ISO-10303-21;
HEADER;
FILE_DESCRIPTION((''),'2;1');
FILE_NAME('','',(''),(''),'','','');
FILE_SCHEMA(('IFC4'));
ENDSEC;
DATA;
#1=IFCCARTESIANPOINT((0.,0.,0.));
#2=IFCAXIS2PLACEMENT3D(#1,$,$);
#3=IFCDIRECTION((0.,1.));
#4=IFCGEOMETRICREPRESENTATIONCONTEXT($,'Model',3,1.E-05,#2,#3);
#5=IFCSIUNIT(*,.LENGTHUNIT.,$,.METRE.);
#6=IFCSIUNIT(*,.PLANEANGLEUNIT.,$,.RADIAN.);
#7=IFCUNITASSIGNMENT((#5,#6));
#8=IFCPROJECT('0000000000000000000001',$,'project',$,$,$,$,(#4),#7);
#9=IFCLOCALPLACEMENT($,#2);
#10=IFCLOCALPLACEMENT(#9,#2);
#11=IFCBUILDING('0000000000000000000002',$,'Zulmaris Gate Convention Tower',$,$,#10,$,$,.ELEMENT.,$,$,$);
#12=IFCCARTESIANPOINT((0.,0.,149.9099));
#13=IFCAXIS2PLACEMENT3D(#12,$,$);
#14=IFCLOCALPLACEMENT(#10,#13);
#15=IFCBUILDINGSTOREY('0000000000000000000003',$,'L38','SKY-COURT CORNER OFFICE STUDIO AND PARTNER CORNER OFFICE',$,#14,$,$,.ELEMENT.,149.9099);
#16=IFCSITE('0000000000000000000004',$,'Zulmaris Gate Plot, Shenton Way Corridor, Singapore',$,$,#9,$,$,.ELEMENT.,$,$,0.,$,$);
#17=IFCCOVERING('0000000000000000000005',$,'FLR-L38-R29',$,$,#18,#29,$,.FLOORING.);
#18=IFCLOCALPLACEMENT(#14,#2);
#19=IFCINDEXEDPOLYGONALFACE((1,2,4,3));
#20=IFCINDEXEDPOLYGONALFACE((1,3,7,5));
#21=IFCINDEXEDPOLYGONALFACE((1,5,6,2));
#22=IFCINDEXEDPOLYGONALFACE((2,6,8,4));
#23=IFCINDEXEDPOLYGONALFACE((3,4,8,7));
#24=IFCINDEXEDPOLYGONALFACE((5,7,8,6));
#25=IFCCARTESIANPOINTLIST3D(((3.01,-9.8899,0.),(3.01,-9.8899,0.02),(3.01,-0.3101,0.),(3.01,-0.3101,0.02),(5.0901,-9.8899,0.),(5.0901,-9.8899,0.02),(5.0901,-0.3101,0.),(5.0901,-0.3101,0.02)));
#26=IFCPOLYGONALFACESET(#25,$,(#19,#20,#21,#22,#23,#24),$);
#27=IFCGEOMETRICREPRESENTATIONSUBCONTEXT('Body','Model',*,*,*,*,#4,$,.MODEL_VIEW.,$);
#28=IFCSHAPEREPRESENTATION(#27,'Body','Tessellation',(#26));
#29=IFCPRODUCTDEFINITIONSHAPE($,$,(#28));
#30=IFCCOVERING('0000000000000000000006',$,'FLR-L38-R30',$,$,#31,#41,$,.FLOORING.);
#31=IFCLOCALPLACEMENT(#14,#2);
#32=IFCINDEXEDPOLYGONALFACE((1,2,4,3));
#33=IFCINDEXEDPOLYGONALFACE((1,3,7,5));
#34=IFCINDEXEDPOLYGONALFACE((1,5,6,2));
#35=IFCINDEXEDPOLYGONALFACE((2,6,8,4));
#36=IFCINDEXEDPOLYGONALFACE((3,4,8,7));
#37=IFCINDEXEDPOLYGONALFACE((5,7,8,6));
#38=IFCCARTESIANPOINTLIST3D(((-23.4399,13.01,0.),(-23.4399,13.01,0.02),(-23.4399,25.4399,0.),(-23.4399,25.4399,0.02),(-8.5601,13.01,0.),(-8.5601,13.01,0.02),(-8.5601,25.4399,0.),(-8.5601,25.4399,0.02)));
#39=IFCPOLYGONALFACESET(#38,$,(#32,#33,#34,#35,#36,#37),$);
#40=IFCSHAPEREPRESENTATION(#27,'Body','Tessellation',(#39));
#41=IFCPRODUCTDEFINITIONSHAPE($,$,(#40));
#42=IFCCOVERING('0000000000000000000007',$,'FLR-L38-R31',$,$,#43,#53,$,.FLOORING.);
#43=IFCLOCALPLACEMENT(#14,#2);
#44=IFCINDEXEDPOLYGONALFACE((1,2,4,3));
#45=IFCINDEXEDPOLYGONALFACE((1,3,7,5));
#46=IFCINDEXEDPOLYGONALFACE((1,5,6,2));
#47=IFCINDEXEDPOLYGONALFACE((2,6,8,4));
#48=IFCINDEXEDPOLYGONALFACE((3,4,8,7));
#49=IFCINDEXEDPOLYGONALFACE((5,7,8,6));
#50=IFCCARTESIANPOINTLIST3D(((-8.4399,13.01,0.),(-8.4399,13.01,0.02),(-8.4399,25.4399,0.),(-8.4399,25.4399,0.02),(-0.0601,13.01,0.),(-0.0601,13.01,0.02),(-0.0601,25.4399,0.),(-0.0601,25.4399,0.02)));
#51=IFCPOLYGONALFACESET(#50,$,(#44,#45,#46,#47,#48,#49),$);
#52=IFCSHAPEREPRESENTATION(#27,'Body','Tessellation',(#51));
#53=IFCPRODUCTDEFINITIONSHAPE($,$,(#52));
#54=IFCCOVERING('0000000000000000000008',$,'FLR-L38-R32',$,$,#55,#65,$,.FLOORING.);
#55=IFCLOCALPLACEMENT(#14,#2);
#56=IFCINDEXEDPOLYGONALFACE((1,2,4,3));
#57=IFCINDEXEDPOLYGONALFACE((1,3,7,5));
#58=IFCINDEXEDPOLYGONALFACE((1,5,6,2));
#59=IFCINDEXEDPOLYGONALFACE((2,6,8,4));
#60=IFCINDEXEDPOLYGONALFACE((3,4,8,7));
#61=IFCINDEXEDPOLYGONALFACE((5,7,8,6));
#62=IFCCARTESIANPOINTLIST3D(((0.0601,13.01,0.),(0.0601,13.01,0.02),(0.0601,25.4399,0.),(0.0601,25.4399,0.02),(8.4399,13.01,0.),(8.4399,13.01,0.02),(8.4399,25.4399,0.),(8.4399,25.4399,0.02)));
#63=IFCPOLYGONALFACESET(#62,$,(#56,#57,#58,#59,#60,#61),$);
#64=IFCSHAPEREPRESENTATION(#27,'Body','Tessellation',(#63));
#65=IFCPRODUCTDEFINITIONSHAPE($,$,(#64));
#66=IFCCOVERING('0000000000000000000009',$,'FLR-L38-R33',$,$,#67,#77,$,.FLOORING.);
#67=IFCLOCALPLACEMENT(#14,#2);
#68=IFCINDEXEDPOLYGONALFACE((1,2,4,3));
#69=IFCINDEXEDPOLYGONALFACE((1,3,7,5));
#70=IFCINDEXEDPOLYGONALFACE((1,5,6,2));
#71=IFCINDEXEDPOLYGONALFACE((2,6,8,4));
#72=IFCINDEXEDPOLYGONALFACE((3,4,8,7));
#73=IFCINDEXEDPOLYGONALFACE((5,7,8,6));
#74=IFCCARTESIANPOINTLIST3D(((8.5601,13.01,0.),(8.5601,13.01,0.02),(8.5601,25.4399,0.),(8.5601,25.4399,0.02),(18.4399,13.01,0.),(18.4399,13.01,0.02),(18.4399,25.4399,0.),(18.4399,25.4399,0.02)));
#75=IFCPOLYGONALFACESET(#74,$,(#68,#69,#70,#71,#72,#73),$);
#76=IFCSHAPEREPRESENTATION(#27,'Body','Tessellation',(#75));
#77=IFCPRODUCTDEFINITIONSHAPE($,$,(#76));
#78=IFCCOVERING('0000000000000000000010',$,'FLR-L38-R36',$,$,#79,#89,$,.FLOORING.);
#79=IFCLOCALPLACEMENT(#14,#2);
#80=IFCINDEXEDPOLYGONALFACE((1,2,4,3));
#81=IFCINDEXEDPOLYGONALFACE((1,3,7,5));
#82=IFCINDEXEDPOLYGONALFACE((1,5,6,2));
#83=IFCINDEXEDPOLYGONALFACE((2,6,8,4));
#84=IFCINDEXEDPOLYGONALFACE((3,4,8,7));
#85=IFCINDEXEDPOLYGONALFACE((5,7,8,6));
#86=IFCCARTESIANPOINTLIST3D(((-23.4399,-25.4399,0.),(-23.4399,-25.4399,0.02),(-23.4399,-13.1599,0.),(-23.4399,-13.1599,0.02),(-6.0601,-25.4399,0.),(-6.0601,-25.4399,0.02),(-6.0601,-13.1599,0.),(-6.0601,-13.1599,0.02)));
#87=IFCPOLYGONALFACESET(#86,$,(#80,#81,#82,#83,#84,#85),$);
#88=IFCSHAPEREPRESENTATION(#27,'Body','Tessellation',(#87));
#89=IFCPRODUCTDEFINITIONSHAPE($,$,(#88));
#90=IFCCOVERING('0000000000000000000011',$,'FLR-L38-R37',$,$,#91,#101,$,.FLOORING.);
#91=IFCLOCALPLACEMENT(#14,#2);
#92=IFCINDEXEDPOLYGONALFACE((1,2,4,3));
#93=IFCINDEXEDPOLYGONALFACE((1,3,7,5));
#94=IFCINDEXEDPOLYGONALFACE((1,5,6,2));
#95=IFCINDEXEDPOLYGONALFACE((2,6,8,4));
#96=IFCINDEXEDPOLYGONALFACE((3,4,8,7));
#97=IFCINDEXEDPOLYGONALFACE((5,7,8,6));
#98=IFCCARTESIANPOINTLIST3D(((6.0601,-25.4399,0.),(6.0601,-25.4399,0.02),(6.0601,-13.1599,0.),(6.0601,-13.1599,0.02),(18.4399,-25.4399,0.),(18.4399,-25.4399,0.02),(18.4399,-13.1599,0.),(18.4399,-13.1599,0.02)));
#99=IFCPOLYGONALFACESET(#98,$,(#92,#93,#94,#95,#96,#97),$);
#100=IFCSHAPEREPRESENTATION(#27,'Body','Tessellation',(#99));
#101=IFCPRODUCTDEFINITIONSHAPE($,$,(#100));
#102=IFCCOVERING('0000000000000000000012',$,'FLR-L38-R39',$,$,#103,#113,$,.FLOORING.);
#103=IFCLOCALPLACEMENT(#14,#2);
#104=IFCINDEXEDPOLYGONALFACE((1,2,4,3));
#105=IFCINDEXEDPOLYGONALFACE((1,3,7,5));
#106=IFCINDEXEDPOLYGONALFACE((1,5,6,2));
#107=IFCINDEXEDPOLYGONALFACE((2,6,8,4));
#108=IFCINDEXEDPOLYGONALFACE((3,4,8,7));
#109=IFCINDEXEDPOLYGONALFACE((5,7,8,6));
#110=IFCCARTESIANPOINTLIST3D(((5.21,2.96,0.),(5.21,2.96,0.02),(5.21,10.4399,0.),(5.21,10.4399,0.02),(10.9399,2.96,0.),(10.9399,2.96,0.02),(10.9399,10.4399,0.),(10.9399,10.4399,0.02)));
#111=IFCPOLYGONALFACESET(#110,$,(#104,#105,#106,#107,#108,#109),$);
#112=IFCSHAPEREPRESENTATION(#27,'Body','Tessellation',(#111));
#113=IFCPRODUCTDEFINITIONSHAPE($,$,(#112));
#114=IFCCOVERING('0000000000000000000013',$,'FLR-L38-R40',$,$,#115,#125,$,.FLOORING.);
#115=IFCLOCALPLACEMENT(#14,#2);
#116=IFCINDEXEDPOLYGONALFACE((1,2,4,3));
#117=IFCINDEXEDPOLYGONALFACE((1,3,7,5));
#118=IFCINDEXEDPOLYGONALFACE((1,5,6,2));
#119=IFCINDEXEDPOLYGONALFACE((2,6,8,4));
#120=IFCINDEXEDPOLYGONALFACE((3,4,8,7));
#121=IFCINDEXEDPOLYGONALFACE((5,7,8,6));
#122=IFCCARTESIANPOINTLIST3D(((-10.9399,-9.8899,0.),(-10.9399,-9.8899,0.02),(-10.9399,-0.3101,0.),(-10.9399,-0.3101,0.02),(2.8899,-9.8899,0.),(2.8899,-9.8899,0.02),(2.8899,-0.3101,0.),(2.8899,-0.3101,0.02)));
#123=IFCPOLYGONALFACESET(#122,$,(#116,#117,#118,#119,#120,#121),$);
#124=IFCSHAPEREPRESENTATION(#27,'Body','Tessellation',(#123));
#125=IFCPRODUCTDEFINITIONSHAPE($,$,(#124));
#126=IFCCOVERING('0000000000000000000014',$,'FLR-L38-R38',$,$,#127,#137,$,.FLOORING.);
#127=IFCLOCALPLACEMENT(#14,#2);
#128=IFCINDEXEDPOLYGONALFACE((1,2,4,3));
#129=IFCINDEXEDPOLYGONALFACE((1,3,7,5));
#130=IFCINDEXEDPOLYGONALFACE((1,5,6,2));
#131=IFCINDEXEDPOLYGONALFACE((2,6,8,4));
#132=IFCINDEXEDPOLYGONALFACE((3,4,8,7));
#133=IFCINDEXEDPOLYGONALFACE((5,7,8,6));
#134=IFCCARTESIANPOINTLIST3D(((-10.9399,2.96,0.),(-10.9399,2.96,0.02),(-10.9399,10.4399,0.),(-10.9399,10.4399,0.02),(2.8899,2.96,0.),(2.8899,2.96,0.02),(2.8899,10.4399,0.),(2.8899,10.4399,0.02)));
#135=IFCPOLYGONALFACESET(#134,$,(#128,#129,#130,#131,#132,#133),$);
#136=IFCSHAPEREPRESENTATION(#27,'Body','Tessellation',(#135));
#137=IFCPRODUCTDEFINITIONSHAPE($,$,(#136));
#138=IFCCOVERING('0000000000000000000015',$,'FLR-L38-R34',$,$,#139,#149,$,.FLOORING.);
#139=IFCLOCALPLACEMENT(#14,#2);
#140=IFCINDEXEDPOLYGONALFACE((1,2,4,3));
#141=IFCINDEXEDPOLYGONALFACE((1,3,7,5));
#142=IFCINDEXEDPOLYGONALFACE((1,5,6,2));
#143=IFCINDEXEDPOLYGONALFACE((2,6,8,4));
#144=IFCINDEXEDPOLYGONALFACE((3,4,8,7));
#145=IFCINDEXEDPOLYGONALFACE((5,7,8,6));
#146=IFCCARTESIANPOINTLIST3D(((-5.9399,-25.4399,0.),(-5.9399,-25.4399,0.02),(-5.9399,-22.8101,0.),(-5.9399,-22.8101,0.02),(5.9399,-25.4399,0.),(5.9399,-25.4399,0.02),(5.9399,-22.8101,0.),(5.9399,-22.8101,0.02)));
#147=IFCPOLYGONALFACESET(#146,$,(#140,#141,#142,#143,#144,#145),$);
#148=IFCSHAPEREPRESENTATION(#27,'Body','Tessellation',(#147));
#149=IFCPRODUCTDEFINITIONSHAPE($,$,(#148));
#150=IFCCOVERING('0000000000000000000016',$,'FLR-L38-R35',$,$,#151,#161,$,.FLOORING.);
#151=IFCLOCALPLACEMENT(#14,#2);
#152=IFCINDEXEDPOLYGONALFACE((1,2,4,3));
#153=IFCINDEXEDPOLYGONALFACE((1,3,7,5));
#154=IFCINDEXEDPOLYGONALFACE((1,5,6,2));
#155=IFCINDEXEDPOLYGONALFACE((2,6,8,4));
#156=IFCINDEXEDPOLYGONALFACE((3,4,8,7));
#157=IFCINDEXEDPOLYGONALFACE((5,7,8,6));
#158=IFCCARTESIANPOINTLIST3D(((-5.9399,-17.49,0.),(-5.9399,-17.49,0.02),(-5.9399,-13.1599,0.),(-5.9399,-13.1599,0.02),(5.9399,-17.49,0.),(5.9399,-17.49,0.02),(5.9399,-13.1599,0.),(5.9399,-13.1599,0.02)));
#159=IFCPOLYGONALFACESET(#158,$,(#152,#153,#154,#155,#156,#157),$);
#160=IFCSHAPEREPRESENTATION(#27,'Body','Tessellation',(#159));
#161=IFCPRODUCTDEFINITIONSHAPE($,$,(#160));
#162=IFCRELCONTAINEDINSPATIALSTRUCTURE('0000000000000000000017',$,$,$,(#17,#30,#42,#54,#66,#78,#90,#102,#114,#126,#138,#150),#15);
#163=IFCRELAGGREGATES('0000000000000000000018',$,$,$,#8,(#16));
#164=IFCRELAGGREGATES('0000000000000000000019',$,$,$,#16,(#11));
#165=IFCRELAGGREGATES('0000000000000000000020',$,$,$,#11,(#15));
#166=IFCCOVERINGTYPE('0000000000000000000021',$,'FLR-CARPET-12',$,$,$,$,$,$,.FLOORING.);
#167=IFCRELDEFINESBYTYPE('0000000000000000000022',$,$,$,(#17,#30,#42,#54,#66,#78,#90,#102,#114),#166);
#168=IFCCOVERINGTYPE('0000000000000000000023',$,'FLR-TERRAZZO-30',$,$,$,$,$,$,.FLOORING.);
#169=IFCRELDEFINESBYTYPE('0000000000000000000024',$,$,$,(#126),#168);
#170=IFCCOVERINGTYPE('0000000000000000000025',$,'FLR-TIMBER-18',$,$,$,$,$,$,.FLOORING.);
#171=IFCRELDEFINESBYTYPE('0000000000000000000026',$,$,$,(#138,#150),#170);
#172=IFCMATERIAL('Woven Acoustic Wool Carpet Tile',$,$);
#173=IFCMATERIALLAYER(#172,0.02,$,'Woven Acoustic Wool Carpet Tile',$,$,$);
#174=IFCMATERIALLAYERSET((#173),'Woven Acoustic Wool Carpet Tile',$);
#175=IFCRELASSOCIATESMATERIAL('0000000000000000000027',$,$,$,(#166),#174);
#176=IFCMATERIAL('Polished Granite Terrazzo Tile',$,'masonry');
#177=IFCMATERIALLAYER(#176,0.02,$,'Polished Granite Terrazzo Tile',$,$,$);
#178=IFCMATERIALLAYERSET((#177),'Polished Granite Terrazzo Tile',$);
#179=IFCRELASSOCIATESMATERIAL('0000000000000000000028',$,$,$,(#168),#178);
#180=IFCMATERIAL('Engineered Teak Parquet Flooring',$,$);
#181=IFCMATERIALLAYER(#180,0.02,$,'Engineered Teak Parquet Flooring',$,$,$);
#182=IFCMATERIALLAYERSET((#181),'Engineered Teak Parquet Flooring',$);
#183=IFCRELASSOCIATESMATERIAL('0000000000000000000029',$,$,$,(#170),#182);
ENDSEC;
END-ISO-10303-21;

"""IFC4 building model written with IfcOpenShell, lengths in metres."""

from ifc_helpers import new_model, si_unit, direction, frame, origin, place, context, subcontext, project, spatial, polyline, outline, extrude, material, layer, layer_set, type_object, element, save


model = new_model("IFC4")

# Units and contexts
model_context = context("Model", 3, precision=1e-05, world=origin(), true_north=direction((0.0, 1.0)))
body_context = subcontext(model_context, "Body", "Model", "MODEL_VIEW")
ifc_project = project(units=[si_unit("LENGTHUNIT", "METRE"), si_unit("PLANEANGLEUNIT", "RADIAN")], contexts=[model_context])

# Site, building, storey
site_placement = place(None, origin())
site = spatial("IfcSite", under=ifc_project, at=site_placement, Name="Zulmaris Gate Plot, Shenton Way Corridor, Singapore", CompositionType="ELEMENT", RefElevation=0.0)
building_placement = place(site_placement, origin())
building = spatial("IfcBuilding", under=site, at=building_placement, Name="Zulmaris Gate Convention Tower", CompositionType="ELEMENT")
storey_placement = place(building_placement, frame((0.0, 0.0, 149.9099)))
storey = spatial("IfcBuildingStorey", under=building, at=storey_placement, Name="L38", Description="SKY-COURT CORNER OFFICE STUDIO AND PARTNER CORNER OFFICE", CompositionType="ELEMENT", Elevation=149.9099)

# Coverings
ifc_material_1 = material(Name="Woven Acoustic Wool Carpet Tile")
ifc_layer_1 = layer(ifc_material_1, 0.02, Name="Woven Acoustic Wool Carpet Tile")
ifc_layer_set_1 = layer_set([ifc_layer_1], Name="Woven Acoustic Wool Carpet Tile")
covering_type_1 = type_object("IfcCoveringType", Name="FLR-CARPET-12", PredefinedType="FLOORING", material=ifc_layer_set_1)
covering_1_placement = place(storey_placement, origin())
element("IfcCovering", 1, at=covering_1_placement, inside=storey, type_object=covering_type_1, Name="FLR-L38-R29", PredefinedType="FLOORING", context=body_context, shape_type="SweptSolid", body=[
    extrude(outline(polyline([(3.01, -9.8899), (5.0901, -9.8899), (5.0901, -0.3101), (3.01, -0.3101), (3.01, -9.8899)])), origin(), (0.0, 0.0, 1.0), 0.02),
])
covering_2_placement = place(storey_placement, origin())
element("IfcCovering", 2, at=covering_2_placement, inside=storey, type_object=covering_type_1, Name="FLR-L38-R30", PredefinedType="FLOORING", context=body_context, shape_type="SweptSolid", body=[
    extrude(outline(polyline([(-23.4399, 13.01), (-8.5601, 13.01), (-8.5601, 25.4399), (-23.4399, 25.4399), (-23.4399, 13.01)])), origin(), (0.0, 0.0, 1.0), 0.02),
])
covering_3_placement = place(storey_placement, origin())
element("IfcCovering", 3, at=covering_3_placement, inside=storey, type_object=covering_type_1, Name="FLR-L38-R31", PredefinedType="FLOORING", context=body_context, shape_type="SweptSolid", body=[
    extrude(outline(polyline([(-8.4399, 13.01), (-0.0601, 13.01), (-0.0601, 25.4399), (-8.4399, 25.4399), (-8.4399, 13.01)])), origin(), (0.0, 0.0, 1.0), 0.02),
])
covering_4_placement = place(storey_placement, origin())
element("IfcCovering", 4, at=covering_4_placement, inside=storey, type_object=covering_type_1, Name="FLR-L38-R32", PredefinedType="FLOORING", context=body_context, shape_type="SweptSolid", body=[
    extrude(outline(polyline([(0.0601, 13.01), (8.4399, 13.01), (8.4399, 25.4399), (0.0601, 25.4399), (0.0601, 13.01)])), origin(), (0.0, 0.0, 1.0), 0.02),
])
covering_5_placement = place(storey_placement, origin())
element("IfcCovering", 5, at=covering_5_placement, inside=storey, type_object=covering_type_1, Name="FLR-L38-R33", PredefinedType="FLOORING", context=body_context, shape_type="SweptSolid", body=[
    extrude(outline(polyline([(8.5601, 13.01), (18.4399, 13.01), (18.4399, 25.4399), (8.5601, 25.4399), (8.5601, 13.01)])), origin(), (0.0, 0.0, 1.0), 0.02),
])
covering_6_placement = place(storey_placement, origin())
element("IfcCovering", 6, at=covering_6_placement, inside=storey, type_object=covering_type_1, Name="FLR-L38-R36", PredefinedType="FLOORING", context=body_context, shape_type="SweptSolid", body=[
    extrude(outline(polyline([(-23.4399, -25.4399), (-6.0601, -25.4399), (-6.0601, -13.1599), (-23.4399, -13.1599), (-23.4399, -25.4399)])), origin(), (0.0, 0.0, 1.0), 0.02),
])
covering_7_placement = place(storey_placement, origin())
element("IfcCovering", 7, at=covering_7_placement, inside=storey, type_object=covering_type_1, Name="FLR-L38-R37", PredefinedType="FLOORING", context=body_context, shape_type="SweptSolid", body=[
    extrude(outline(polyline([(6.0601, -25.4399), (18.4399, -25.4399), (18.4399, -13.1599), (6.0601, -13.1599), (6.0601, -25.4399)])), origin(), (0.0, 0.0, 1.0), 0.02),
])
covering_8_placement = place(storey_placement, origin())
element("IfcCovering", 8, at=covering_8_placement, inside=storey, type_object=covering_type_1, Name="FLR-L38-R39", PredefinedType="FLOORING", context=body_context, shape_type="SweptSolid", body=[
    extrude(outline(polyline([(5.21, 2.96), (10.9399, 2.96), (10.9399, 10.4399), (5.21, 10.4399), (5.21, 2.96)])), origin(), (0.0, 0.0, 1.0), 0.02),
])
covering_9_placement = place(storey_placement, origin())
element("IfcCovering", 9, at=covering_9_placement, inside=storey, type_object=covering_type_1, Name="FLR-L38-R40", PredefinedType="FLOORING", context=body_context, shape_type="SweptSolid", body=[
    extrude(outline(polyline([(-10.9399, -9.8899), (2.8899, -9.8899), (2.8899, -0.3101), (-10.9399, -0.3101), (-10.9399, -9.8899)])), origin(), (0.0, 0.0, 1.0), 0.02),
])
ifc_material_2 = material(Name="Polished Granite Terrazzo Tile", Category="masonry")
ifc_layer_2 = layer(ifc_material_2, 0.02, Name="Polished Granite Terrazzo Tile")
ifc_layer_set_2 = layer_set([ifc_layer_2], Name="Polished Granite Terrazzo Tile")
covering_type_2 = type_object("IfcCoveringType", Name="FLR-TERRAZZO-30", PredefinedType="FLOORING", material=ifc_layer_set_2)
covering_10_placement = place(storey_placement, origin())
element("IfcCovering", 10, at=covering_10_placement, inside=storey, type_object=covering_type_2, Name="FLR-L38-R38", PredefinedType="FLOORING", context=body_context, shape_type="SweptSolid", body=[
    extrude(outline(polyline([(-10.9399, 2.96), (2.8899, 2.96), (2.8899, 10.4399), (-10.9399, 10.4399), (-10.9399, 2.96)])), origin(), (0.0, 0.0, 1.0), 0.02),
])
ifc_material_3 = material(Name="Engineered Teak Parquet Flooring")
ifc_layer_3 = layer(ifc_material_3, 0.02, Name="Engineered Teak Parquet Flooring")
ifc_layer_set_3 = layer_set([ifc_layer_3], Name="Engineered Teak Parquet Flooring")
covering_type_3 = type_object("IfcCoveringType", Name="FLR-TIMBER-18", PredefinedType="FLOORING", material=ifc_layer_set_3)
covering_11_placement = place(storey_placement, origin())
element("IfcCovering", 11, at=covering_11_placement, inside=storey, type_object=covering_type_3, Name="FLR-L38-R34", PredefinedType="FLOORING", context=body_context, shape_type="SweptSolid", body=[
    extrude(outline(polyline([(-5.9399, -25.4399), (5.9399, -25.4399), (5.9399, -22.8101), (-5.9399, -22.8101), (-5.9399, -25.4399)])), origin(), (0.0, 0.0, 1.0), 0.02),
])
covering_12_placement = place(storey_placement, origin())
element("IfcCovering", 12, at=covering_12_placement, inside=storey, type_object=covering_type_3, Name="FLR-L38-R35", PredefinedType="FLOORING", context=body_context, shape_type="SweptSolid", body=[
    extrude(outline(polyline([(-5.9399, -17.49), (5.9399, -17.49), (5.9399, -13.1599), (-5.9399, -13.1599), (-5.9399, -17.49)])), origin(), (0.0, 0.0, 1.0), 0.02),
])

save(model, "model.ifc")
